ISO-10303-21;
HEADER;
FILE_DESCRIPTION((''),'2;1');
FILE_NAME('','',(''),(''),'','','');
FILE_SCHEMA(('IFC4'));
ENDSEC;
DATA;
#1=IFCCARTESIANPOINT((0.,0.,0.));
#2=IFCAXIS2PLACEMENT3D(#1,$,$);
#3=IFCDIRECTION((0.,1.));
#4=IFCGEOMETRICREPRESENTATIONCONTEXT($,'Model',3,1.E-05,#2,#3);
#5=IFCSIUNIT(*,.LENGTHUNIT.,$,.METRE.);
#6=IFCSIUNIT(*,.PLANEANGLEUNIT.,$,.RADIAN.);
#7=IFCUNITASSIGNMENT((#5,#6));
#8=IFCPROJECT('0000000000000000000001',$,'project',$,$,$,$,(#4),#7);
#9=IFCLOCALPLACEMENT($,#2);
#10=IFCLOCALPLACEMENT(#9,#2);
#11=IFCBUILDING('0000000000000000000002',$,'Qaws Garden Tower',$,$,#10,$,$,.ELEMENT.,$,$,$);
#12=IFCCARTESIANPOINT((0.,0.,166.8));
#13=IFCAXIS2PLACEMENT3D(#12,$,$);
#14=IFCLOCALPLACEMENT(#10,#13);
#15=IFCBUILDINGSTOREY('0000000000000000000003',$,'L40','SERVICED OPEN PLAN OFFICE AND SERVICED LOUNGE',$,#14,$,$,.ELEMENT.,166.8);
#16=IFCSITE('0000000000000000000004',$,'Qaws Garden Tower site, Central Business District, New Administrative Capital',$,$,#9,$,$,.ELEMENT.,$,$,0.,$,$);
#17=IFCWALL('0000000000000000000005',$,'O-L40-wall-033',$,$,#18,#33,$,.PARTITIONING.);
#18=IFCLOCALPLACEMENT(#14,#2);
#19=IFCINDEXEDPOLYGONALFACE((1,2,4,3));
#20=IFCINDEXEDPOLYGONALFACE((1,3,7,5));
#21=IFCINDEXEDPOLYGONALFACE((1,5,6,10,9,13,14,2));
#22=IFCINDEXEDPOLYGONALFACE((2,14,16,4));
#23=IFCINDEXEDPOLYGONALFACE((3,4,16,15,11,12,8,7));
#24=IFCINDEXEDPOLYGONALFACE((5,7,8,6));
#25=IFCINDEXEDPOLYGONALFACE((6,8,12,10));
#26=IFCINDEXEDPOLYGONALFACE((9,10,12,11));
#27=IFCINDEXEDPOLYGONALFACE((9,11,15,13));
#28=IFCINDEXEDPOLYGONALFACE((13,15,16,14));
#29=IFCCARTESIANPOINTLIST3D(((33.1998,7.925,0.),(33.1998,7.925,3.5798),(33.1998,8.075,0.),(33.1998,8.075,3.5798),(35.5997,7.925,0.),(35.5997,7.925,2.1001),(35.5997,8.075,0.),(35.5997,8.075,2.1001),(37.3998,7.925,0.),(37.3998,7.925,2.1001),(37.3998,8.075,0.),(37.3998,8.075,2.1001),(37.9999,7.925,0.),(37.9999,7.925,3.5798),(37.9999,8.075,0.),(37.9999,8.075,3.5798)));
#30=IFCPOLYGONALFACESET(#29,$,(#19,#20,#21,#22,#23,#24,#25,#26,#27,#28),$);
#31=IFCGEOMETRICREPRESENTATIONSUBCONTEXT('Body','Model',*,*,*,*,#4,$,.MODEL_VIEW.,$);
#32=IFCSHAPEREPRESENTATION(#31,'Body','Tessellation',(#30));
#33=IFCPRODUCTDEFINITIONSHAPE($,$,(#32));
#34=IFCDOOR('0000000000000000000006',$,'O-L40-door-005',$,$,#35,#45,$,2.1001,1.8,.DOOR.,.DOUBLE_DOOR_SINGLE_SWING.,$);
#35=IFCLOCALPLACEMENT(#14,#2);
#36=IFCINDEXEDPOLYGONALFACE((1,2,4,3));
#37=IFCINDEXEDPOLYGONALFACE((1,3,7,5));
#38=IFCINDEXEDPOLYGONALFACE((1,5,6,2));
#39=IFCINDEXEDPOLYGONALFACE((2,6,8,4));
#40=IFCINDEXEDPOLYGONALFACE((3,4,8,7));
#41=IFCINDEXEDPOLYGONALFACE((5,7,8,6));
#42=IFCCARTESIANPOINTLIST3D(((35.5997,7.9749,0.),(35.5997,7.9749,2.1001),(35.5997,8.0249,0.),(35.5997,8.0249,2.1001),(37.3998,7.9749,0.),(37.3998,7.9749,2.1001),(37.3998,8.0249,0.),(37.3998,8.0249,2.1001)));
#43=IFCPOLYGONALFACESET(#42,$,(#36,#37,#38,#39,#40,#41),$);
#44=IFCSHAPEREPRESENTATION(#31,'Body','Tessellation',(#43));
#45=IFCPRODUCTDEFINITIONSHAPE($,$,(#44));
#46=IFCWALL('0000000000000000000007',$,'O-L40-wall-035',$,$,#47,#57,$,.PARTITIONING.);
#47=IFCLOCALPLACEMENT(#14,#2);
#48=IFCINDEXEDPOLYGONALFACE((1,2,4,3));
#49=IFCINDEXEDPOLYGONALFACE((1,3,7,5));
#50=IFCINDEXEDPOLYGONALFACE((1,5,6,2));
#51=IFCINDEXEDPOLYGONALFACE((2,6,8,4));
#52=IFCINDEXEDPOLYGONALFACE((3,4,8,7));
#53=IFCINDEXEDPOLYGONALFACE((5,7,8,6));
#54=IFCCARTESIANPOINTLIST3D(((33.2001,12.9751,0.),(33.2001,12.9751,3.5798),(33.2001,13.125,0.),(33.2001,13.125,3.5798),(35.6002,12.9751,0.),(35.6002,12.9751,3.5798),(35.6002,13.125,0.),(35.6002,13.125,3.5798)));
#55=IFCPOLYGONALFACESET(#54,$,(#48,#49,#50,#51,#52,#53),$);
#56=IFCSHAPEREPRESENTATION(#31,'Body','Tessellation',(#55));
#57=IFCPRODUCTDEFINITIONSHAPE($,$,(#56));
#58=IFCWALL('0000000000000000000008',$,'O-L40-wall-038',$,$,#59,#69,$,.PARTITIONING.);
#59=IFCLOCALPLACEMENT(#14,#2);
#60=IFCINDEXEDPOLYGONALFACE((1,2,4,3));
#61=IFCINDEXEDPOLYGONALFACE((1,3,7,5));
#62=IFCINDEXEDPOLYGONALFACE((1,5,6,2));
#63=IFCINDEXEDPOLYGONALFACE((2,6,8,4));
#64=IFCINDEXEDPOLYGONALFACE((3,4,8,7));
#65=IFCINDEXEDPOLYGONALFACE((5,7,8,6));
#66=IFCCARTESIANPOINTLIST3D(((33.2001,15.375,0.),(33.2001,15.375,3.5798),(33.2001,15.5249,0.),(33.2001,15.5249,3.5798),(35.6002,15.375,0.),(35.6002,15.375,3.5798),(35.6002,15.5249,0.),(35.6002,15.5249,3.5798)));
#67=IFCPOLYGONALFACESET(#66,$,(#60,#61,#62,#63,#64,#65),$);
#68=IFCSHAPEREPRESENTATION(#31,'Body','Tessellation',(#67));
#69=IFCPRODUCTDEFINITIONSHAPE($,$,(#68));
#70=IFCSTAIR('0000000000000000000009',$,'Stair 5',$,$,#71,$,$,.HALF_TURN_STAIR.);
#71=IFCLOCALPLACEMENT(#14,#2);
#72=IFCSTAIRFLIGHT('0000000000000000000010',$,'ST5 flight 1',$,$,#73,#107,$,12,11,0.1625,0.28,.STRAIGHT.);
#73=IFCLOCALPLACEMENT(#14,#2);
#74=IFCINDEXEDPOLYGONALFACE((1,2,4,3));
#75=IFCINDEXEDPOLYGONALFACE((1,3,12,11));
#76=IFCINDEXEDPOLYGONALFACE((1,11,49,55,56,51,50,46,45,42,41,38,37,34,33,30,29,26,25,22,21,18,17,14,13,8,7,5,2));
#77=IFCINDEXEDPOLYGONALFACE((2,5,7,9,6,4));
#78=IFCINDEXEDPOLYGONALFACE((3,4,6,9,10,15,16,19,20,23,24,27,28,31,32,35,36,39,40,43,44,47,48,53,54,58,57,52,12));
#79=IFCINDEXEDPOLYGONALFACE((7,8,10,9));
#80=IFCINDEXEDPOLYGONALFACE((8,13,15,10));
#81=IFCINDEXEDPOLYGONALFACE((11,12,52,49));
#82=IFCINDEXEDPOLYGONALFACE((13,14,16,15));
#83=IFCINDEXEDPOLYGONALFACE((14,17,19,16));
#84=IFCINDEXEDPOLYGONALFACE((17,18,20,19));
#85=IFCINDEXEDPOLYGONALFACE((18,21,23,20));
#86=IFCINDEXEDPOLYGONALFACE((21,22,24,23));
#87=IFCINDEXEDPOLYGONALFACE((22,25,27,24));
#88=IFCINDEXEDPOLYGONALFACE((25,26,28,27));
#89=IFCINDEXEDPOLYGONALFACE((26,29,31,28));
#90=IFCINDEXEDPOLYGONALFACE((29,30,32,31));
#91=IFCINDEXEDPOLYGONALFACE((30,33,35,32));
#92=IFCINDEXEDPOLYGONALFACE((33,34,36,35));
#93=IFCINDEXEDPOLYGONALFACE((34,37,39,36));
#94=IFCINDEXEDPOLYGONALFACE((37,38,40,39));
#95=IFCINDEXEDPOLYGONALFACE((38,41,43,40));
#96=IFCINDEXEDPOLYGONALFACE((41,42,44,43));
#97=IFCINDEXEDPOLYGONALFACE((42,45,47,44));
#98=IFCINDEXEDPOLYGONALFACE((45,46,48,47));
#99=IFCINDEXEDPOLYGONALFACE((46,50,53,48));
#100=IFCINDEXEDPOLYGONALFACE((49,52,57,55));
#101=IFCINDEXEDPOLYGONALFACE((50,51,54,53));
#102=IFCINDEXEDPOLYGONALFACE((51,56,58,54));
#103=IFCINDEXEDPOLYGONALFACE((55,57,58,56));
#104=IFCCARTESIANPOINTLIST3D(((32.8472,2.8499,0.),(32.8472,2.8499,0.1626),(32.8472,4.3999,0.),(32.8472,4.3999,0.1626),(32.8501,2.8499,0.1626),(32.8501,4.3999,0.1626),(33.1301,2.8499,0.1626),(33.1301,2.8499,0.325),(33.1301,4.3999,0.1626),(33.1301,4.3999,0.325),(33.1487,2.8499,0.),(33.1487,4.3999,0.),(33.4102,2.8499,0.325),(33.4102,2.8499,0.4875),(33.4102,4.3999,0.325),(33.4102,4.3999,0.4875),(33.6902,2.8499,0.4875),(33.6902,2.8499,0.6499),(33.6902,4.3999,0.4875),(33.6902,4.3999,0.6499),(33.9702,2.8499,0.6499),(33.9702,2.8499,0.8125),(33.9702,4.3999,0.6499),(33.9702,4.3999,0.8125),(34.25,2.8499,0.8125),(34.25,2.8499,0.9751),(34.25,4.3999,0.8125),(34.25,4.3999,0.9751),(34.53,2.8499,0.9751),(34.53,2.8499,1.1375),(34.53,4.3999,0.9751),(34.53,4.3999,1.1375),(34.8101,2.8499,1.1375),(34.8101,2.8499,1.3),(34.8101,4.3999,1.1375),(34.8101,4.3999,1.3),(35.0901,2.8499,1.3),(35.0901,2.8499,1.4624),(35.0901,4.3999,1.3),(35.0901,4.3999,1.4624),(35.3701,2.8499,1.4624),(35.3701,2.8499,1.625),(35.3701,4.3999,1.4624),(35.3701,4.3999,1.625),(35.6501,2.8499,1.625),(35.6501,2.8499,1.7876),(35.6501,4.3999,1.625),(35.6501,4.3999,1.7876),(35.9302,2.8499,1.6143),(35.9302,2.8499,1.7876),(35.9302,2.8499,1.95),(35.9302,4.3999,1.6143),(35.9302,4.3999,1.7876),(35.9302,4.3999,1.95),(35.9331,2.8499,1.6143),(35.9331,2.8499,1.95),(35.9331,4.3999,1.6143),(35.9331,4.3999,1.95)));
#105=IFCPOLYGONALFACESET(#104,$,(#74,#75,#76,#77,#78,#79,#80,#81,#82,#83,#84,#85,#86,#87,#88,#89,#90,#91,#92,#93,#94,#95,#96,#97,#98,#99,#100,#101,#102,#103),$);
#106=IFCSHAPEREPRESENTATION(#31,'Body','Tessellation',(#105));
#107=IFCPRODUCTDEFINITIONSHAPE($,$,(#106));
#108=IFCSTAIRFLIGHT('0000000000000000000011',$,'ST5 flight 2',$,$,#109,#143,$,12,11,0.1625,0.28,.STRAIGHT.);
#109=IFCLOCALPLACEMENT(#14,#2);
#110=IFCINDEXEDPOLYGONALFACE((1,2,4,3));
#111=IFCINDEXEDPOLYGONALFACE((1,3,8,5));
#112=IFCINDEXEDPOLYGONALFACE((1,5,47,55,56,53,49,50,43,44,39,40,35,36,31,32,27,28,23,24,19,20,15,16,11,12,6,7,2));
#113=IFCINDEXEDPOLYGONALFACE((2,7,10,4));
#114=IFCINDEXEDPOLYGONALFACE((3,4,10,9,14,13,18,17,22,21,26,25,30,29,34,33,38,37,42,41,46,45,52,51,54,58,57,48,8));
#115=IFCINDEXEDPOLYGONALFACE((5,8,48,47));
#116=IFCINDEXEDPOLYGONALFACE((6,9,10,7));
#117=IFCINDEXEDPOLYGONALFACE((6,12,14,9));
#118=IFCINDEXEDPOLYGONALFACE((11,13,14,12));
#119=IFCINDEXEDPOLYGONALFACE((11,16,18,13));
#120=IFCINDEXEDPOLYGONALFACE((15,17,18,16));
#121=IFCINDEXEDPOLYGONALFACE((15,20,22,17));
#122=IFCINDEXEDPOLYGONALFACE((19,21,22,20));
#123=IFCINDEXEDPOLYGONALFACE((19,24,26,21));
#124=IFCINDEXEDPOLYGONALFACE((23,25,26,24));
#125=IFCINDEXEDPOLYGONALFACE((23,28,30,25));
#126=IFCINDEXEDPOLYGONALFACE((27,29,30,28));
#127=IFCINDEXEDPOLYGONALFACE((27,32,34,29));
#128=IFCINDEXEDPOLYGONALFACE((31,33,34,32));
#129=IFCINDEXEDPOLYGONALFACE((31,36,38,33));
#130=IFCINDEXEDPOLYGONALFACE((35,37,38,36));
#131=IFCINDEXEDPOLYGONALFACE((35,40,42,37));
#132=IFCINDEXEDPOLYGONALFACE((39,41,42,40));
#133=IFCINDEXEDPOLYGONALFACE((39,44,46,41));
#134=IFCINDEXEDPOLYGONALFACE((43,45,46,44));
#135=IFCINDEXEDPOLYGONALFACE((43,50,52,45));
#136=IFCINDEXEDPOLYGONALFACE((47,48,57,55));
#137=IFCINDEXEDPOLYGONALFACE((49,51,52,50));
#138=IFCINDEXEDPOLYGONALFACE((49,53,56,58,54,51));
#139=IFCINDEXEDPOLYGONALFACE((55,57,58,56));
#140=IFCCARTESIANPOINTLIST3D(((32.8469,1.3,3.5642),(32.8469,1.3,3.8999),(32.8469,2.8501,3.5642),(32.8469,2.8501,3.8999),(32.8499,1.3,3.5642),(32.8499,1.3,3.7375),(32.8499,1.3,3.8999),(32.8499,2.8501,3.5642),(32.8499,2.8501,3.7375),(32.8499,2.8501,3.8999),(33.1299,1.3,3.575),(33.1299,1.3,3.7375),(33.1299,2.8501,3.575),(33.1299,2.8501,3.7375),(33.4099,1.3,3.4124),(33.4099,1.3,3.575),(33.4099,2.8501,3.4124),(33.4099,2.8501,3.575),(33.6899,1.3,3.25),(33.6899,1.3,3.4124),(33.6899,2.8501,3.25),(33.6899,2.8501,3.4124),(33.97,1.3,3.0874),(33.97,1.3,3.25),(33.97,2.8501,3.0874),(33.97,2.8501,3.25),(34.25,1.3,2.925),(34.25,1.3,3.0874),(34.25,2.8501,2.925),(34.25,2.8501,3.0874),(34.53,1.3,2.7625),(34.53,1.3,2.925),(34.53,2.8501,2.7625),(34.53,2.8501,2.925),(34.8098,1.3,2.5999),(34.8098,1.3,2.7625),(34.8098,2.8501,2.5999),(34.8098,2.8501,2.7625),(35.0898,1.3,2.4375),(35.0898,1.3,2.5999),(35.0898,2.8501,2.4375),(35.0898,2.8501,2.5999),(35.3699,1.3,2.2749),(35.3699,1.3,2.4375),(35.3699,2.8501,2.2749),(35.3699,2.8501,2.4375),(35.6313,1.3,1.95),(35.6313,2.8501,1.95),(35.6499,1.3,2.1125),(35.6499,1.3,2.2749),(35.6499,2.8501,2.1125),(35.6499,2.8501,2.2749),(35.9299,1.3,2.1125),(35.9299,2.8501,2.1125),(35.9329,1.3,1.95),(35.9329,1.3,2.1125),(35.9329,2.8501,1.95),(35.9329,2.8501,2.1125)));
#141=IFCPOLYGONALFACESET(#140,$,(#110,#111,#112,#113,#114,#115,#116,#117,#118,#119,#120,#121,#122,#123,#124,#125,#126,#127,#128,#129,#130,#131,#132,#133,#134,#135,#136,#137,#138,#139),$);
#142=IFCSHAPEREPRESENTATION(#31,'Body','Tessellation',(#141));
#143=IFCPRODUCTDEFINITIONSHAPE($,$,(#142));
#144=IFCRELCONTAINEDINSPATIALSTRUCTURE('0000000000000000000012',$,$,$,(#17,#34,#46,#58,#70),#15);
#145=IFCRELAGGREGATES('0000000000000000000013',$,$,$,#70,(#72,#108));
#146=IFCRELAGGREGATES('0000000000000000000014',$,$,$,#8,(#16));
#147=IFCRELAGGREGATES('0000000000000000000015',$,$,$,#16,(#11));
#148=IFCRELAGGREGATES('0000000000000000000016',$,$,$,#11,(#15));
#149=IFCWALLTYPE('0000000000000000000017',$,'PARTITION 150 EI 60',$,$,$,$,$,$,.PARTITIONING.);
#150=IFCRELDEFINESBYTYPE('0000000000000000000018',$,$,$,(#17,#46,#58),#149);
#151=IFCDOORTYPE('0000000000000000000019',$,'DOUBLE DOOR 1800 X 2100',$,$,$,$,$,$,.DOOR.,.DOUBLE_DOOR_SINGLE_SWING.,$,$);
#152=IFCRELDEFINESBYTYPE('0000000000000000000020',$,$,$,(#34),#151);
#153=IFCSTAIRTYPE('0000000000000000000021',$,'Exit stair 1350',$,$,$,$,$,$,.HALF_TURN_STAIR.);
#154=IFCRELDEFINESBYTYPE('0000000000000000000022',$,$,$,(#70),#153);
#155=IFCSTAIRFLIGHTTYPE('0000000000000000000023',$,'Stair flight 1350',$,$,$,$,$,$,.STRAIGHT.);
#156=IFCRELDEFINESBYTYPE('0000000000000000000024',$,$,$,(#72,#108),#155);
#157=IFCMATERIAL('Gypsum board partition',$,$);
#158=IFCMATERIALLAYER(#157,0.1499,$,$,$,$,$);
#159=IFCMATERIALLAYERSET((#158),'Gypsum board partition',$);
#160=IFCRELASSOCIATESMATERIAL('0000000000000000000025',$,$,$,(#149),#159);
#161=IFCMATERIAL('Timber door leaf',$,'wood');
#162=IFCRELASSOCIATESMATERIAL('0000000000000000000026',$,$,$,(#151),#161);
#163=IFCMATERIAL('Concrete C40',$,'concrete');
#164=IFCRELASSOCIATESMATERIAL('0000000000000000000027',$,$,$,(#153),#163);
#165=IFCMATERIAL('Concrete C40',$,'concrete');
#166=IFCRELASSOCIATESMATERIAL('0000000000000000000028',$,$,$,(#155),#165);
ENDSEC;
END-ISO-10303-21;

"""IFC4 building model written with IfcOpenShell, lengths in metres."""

from ifc_helpers import new_model, si_unit, direction, frame, frame_2d, origin, place, context, subcontext, project, spatial, polyline, rectangle, outline, extrude, material, layer, layer_set, type_object, element, fill, aggregate, save


model = new_model("IFC4")

# Units and contexts
model_context = context("Model", 3, precision=1e-05, world=origin(), true_north=direction((0.0, 1.0)))
body_context = subcontext(model_context, "Body", "Model", "MODEL_VIEW")
ifc_project = project(units=[si_unit("LENGTHUNIT", "METRE"), si_unit("PLANEANGLEUNIT", "RADIAN")], contexts=[model_context])

# Site, building, storey
site_placement = place(None, origin())
site = spatial("IfcSite", under=ifc_project, at=site_placement, Name="Qaws Garden Tower site, Central Business District, New Administrative Capital", CompositionType="ELEMENT", RefElevation=0.0)
building_placement = place(site_placement, origin())
building = spatial("IfcBuilding", under=site, at=building_placement, Name="Qaws Garden Tower", CompositionType="ELEMENT")
storey_placement = place(building_placement, frame((0.0, 0.0, 166.8)))
storey = spatial("IfcBuildingStorey", under=building, at=storey_placement, Name="L40", Description="SERVICED OPEN PLAN OFFICE AND SERVICED LOUNGE", CompositionType="ELEMENT", Elevation=166.8)

# Shared definitions
ifc_material_1 = material(Name="Gypsum board partition")
ifc_layer_1 = layer(ifc_material_1, 0.1499)
ifc_layer_set_1 = layer_set([ifc_layer_1], Name="Gypsum board partition")
wall_type_1 = type_object("IfcWallType", Name="PARTITION 150 EI 60", PredefinedType="PARTITIONING", material=ifc_layer_set_1)

# Wall, opening, door
wall_1_placement = place(storey_placement, frame((33.2, 8.0, 0.0), z_axis=(0.0, 0.0, 1.0), x_axis=(1.0, 0.0, 0.0)))
wall_1 = element("IfcWall", 1, at=wall_1_placement, inside=storey, type_object=wall_type_1, Name="O-L40-wall-033", PredefinedType="PARTITIONING", context=body_context, shape_type="SweptSolid", body=[
    extrude(rectangle(XDim=4.8, YDim=0.1499, at=frame_2d((2.3999, 0.0))), origin(), (0.0, 0.0, 1.0), 3.5798),
])
opening_1_placement = place(wall_1_placement, frame((2.3999, 0.0, 0.0)))
opening_1 = element("IfcOpeningElement", 2, at=opening_1_placement, cuts=wall_1, PredefinedType="OPENING", context=body_context, shape_type="SweptSolid", body=[
    extrude(rectangle(XDim=1.8, YDim=2.1001, at=frame_2d((0.8999, 1.05))), frame((0.0, 0.085, 0.0), z_axis=(0.0, -1.0, 0.0), x_axis=(1.0, 0.0, 0.0)), (0.0, 0.0, 1.0), 0.1699),
])
ifc_material_2 = material(Name="Timber door leaf", Category="wood")
door_type_1 = type_object("IfcDoorType", Name="DOUBLE DOOR 1800 X 2100", OperationType="DOUBLE_DOOR_SINGLE_SWING", PredefinedType="DOOR", material=ifc_material_2)
door_1_placement = place(opening_1_placement, origin())
door_1 = element("IfcDoor", 3, at=door_1_placement, inside=storey, type_object=door_type_1, Name="O-L40-door-005", OperationType="DOUBLE_DOOR_SINGLE_SWING", OverallHeight=2.1001, OverallWidth=1.8, PredefinedType="DOOR", context=body_context, shape_type="SweptSolid", body=[
    extrude(rectangle(XDim=1.8, YDim=2.1001, at=frame_2d((0.8999, 1.05))), frame((0.0, 0.0249, 0.0), z_axis=(0.0, -1.0, 0.0), x_axis=(1.0, 0.0, 0.0)), (0.0, 0.0, 1.0), 0.05),
])
fill(opening_1, door_1)

# Walls
for number, where, z_axis, x_axis, name in (
    (4, (33.2, 13.05, 0.0), (0.0, 0.0, 1.0), (1.0, 0.0, 0.0), "O-L40-wall-035"),
    (5, (33.2, 15.45, 0.0), (0.0, 0.0, 1.0), (1.0, 0.0, 0.0), "O-L40-wall-038"),
):
    element("IfcWall", number, at=place(storey_placement, frame(where, z_axis=z_axis, x_axis=x_axis)), inside=storey, type_object=wall_type_1, Name=name, PredefinedType="PARTITIONING", context=body_context, shape_type="SweptSolid", body=[
        extrude(rectangle(XDim=2.4001, YDim=0.1499, at=frame_2d((1.2002, 0.0))), origin(), (0.0, 0.0, 1.0), 3.5798),
    ])

# Stair, stair flights
ifc_material_3 = material(Name="Concrete C40", Category="concrete")
stair_type = type_object("IfcStairType", Name="Exit stair 1350", PredefinedType="HALF_TURN_STAIR", material=ifc_material_3)
stair_placement = place(storey_placement, origin())
stair = element("IfcStair", 6, at=stair_placement, inside=storey, type_object=stair_type, Name="Stair 5", PredefinedType="HALF_TURN_STAIR")
ifc_material_4 = material(Name="Concrete C40", Category="concrete")
stair_flight_type = type_object("IfcStairFlightType", Name="Stair flight 1350", PredefinedType="STRAIGHT", material=ifc_material_4)
stair_flight_1_placement = place(storey_placement, frame((32.8501, 3.625, 0.0), z_axis=(0.0, 0.0, 1.0), x_axis=(1.0, 0.0, 0.0)))
stair_flight_1 = element("IfcStairFlight", 7, at=stair_flight_1_placement, type_object=stair_flight_type, Name="ST5 flight 1", NumberOfRisers=12, NumberOfTreads=11, PredefinedType="STRAIGHT", RiserHeight=0.1625, TreadLength=0.28, context=body_context, shape_type="SweptSolid", body=[
    extrude(outline(polyline([(-0.0029, 0.0), (-0.0029, 0.1626), (0.0, 0.1626), (0.28, 0.1626), (0.28, 0.325), (0.5601, 0.325), (0.5601, 0.4875), (0.8401, 0.4875), (0.8401, 0.6499), (1.1201, 0.6499), (1.1201, 0.8125), (1.3999, 0.8125), (1.3999, 0.9751), (1.6799, 0.9751), (1.6799, 1.1375), (1.96, 1.1375), (1.96, 1.3), (2.24, 1.3), (2.24, 1.4624), (2.52, 1.4624), (2.52, 1.625), (2.8, 1.625), (2.8, 1.7876), (3.0801, 1.7876), (3.0801, 1.95), (3.083, 1.95), (3.083, 1.6143), (3.0801, 1.6143), (0.2986, 0.0), (-0.0029, 0.0)])), frame((0.0, 0.7749, 0.0), z_axis=(0.0, -1.0, 0.0), x_axis=(1.0, 0.0, 0.0)), (0.0, 0.0, 1.0), 1.55),
])
stair_flight_2_placement = place(storey_placement, frame((35.9299, 2.075, 1.95), z_axis=(0.0, 0.0, 1.0), x_axis=(-1.0, 0.0, 0.0)))
stair_flight_2 = element("IfcStairFlight", 8, at=stair_flight_2_placement, type_object=stair_flight_type, Name="ST5 flight 2", NumberOfRisers=12, NumberOfTreads=11, PredefinedType="STRAIGHT", RiserHeight=0.1625, TreadLength=0.28, context=body_context, shape_type="SweptSolid", body=[
    extrude(outline(polyline([(-0.0029, 0.0), (-0.0029, 0.1626), (0.0, 0.1626), (0.28, 0.1626), (0.28, 0.325), (0.5601, 0.325), (0.5601, 0.4875), (0.8401, 0.4875), (0.8401, 0.6499), (1.1201, 0.6499), (1.1201, 0.8125), (1.3999, 0.8125), (1.3999, 0.9751), (1.6799, 0.9751), (1.6799, 1.1375), (1.96, 1.1375), (1.96, 1.3), (2.24, 1.3), (2.24, 1.4624), (2.52, 1.4624), (2.52, 1.625), (2.8, 1.625), (2.8, 1.7876), (3.0801, 1.7876), (3.0801, 1.95), (3.083, 1.95), (3.083, 1.6143), (3.0801, 1.6143), (0.2986, 0.0), (-0.0029, 0.0)])), frame((0.0, 0.7749, 0.0), z_axis=(0.0, -1.0, 0.0), x_axis=(1.0, 0.0, 0.0)), (0.0, 0.0, 1.0), 1.55),
])
aggregate(stair, [stair_flight_1, stair_flight_2])

save(model, "model.ifc")
